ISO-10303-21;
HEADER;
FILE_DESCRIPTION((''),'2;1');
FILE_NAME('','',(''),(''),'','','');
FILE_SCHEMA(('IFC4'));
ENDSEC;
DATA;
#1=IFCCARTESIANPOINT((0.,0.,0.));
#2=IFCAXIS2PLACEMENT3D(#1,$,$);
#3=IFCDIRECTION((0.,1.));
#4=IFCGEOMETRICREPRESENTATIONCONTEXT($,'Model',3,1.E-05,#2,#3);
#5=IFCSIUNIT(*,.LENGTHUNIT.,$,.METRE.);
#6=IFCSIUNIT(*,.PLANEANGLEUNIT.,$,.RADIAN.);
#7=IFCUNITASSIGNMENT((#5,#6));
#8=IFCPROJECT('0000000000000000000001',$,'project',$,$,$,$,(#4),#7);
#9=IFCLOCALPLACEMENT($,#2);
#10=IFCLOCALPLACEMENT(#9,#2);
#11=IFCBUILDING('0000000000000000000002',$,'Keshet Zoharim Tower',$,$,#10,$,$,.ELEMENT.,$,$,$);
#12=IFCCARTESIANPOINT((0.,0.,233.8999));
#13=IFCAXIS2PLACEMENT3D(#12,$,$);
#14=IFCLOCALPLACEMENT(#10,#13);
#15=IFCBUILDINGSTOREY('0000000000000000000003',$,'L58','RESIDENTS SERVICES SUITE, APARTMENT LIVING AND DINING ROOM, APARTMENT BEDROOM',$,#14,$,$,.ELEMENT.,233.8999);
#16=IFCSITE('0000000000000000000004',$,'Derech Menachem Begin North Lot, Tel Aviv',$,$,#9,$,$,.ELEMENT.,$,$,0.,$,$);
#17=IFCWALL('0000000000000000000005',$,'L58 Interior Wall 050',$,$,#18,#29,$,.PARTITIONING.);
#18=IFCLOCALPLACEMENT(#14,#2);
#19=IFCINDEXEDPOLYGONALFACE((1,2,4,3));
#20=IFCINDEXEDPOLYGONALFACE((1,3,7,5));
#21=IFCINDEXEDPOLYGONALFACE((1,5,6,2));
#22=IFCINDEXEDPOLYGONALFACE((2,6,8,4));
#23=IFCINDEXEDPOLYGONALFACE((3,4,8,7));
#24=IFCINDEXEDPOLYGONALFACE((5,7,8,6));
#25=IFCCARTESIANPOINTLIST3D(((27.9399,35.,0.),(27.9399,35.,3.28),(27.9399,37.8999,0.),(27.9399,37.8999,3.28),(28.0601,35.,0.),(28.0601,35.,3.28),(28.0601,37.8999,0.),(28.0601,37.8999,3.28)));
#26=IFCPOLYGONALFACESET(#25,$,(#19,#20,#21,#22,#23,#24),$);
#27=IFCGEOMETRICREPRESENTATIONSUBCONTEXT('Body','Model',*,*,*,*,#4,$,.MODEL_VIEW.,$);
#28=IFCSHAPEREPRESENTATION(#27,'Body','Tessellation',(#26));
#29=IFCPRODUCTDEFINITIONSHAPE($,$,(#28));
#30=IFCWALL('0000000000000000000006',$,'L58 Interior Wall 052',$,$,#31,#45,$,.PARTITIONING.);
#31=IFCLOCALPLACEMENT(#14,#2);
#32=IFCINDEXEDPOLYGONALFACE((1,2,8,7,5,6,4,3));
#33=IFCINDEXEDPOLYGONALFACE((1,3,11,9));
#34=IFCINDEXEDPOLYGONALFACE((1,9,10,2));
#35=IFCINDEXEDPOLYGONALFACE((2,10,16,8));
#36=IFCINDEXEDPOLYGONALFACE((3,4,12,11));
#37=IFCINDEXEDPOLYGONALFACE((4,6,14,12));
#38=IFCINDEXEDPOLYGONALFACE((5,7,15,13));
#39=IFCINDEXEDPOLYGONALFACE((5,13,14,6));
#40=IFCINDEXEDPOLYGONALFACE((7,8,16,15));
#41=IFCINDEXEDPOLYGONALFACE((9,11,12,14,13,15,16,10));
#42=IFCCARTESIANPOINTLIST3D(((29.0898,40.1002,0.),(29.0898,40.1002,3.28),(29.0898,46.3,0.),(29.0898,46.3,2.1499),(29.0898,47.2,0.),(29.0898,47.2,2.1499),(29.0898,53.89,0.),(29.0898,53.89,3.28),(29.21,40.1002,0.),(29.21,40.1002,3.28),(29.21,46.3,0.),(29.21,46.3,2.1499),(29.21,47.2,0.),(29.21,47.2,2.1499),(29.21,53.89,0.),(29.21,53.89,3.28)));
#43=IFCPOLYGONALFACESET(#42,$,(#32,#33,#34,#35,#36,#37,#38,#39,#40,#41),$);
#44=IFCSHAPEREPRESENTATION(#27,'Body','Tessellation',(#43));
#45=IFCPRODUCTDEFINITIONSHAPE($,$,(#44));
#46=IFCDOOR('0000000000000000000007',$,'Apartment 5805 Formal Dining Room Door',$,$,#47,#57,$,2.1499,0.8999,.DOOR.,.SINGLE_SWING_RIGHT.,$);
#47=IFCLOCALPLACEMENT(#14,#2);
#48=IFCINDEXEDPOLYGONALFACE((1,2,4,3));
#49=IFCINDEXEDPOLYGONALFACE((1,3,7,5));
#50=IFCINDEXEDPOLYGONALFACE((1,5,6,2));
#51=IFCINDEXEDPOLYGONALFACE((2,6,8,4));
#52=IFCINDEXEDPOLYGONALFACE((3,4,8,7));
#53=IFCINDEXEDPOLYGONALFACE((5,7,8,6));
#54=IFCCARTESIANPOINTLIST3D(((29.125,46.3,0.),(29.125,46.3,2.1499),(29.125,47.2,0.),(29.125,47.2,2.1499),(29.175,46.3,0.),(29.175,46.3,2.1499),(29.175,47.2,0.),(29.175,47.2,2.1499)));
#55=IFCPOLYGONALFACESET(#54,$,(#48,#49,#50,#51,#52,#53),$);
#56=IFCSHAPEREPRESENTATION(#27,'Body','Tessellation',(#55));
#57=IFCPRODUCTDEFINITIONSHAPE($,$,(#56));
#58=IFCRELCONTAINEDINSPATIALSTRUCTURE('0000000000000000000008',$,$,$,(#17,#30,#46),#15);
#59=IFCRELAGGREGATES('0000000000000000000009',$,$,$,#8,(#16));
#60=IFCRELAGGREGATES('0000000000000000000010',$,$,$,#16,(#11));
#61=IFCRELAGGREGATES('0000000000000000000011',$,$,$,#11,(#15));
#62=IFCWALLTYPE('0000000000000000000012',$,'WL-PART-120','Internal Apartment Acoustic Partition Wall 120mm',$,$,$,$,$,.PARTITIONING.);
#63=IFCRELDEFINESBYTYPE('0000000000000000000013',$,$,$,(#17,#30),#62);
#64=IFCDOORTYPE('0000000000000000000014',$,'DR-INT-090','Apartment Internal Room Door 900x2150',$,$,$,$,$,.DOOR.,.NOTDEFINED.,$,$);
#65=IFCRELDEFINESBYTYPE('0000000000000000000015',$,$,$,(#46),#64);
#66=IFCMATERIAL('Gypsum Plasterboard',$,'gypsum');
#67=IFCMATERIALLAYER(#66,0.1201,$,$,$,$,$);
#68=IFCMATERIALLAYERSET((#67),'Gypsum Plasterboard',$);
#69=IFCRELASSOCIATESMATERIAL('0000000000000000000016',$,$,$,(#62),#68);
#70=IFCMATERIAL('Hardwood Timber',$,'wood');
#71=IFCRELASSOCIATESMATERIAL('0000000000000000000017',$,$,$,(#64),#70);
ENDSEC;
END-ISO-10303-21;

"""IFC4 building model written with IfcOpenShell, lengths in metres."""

from ifc_helpers import new_model, si_unit, direction, frame, frame_2d, origin, place, context, subcontext, project, spatial, rectangle, extrude, material, layer, layer_set, type_object, element, fill, save


model = new_model("IFC4")

# Units and contexts
model_context = context("Model", 3, precision=1e-05, world=origin(), true_north=direction((0.0, 1.0)))
body_context = subcontext(model_context, "Body", "Model", "MODEL_VIEW")
ifc_project = project(units=[si_unit("LENGTHUNIT", "METRE"), si_unit("PLANEANGLEUNIT", "RADIAN")], contexts=[model_context])

# Site, building, storey
site_placement = place(None, origin())
site = spatial("IfcSite", under=ifc_project, at=site_placement, Name="Derech Menachem Begin North Lot, Tel Aviv", CompositionType="ELEMENT", RefElevation=0.0)
building_placement = place(site_placement, origin())
building = spatial("IfcBuilding", under=site, at=building_placement, Name="Keshet Zoharim Tower", CompositionType="ELEMENT")
storey_placement = place(building_placement, frame((0.0, 0.0, 233.8999)))
storey = spatial("IfcBuildingStorey", under=building, at=storey_placement, Name="L58", Description="RESIDENTS SERVICES SUITE, APARTMENT LIVING AND DINING ROOM, APARTMENT BEDROOM", CompositionType="ELEMENT", Elevation=233.8999)

# Shared definitions
ifc_material_1 = material(Name="Gypsum Plasterboard", Category="gypsum")

# Shared definitions
ifc_material_2 = material(Name="Hardwood Timber", Category="wood")

# Wall
ifc_layer_1 = layer(ifc_material_1, 0.1201)
ifc_layer_set_1 = layer_set([ifc_layer_1], Name="Gypsum Plasterboard")
wall_type_1 = type_object("IfcWallType", Name="WL-PART-120", Description="Internal Apartment Acoustic Partition Wall 120mm", PredefinedType="PARTITIONING", material=ifc_layer_set_1)
wall_1_placement = place(storey_placement, frame((28.0, 35.0, 0.0), z_axis=(0.0, 0.0, 1.0), x_axis=(0.0, 1.0, 0.0)))
element("IfcWall", 1, at=wall_1_placement, inside=storey, type_object=wall_type_1, Name="L58 Interior Wall 050", PredefinedType="PARTITIONING", context=body_context, shape_type="SweptSolid", body=[
    extrude(rectangle(XDim=2.8999, YDim=0.1201, at=frame_2d((1.45, 0.0))), origin(), (0.0, 0.0, 1.0), 3.28),
])

# Wall, opening, door
wall_2_placement = place(storey_placement, frame((29.1499, 40.1001, 0.0), z_axis=(0.0, 0.0, 1.0), x_axis=(0.0, 1.0, 0.0)))
wall_2 = element("IfcWall", 2, at=wall_2_placement, inside=storey, type_object=wall_type_1, Name="L58 Interior Wall 052", PredefinedType="PARTITIONING", context=body_context, shape_type="SweptSolid", body=[
    extrude(rectangle(XDim=13.7898, YDim=0.1201, at=frame_2d((6.895, 0.0))), origin(), (0.0, 0.0, 1.0), 3.28),
])
opening_1_placement = place(wall_2_placement, frame((6.2, 0.0, 0.0)))
opening_1 = element("IfcOpeningElement", 3, at=opening_1_placement, cuts=wall_2, PredefinedType="OPENING", context=body_context, shape_type="SweptSolid", body=[
    extrude(rectangle(XDim=0.8999, YDim=2.1499, at=frame_2d((0.45, 1.075))), frame((0.0, 0.0701, 0.0), z_axis=(0.0, -1.0, 0.0), x_axis=(1.0, 0.0, 0.0)), (0.0, 0.0, 1.0), 0.1401),
])
door_type_1 = type_object("IfcDoorType", Name="DR-INT-090", Description="Apartment Internal Room Door 900x2150", OperationType="NOTDEFINED", PredefinedType="DOOR", material=ifc_material_2)
door_1_placement = place(opening_1_placement, origin())
door_1 = element("IfcDoor", 4, at=door_1_placement, inside=storey, type_object=door_type_1, Name="Apartment 5805 Formal Dining Room Door", OperationType="SINGLE_SWING_RIGHT", OverallHeight=2.1499, OverallWidth=0.8999, PredefinedType="DOOR", context=body_context, shape_type="SweptSolid", body=[
    extrude(rectangle(XDim=0.8999, YDim=2.1499, at=frame_2d((0.45, 1.075))), frame((0.0, 0.0249, 0.0), z_axis=(0.0, -1.0, 0.0), x_axis=(1.0, 0.0, 0.0)), (0.0, 0.0, 1.0), 0.05),
])
fill(opening_1, door_1)

save(model, "model.ifc")
